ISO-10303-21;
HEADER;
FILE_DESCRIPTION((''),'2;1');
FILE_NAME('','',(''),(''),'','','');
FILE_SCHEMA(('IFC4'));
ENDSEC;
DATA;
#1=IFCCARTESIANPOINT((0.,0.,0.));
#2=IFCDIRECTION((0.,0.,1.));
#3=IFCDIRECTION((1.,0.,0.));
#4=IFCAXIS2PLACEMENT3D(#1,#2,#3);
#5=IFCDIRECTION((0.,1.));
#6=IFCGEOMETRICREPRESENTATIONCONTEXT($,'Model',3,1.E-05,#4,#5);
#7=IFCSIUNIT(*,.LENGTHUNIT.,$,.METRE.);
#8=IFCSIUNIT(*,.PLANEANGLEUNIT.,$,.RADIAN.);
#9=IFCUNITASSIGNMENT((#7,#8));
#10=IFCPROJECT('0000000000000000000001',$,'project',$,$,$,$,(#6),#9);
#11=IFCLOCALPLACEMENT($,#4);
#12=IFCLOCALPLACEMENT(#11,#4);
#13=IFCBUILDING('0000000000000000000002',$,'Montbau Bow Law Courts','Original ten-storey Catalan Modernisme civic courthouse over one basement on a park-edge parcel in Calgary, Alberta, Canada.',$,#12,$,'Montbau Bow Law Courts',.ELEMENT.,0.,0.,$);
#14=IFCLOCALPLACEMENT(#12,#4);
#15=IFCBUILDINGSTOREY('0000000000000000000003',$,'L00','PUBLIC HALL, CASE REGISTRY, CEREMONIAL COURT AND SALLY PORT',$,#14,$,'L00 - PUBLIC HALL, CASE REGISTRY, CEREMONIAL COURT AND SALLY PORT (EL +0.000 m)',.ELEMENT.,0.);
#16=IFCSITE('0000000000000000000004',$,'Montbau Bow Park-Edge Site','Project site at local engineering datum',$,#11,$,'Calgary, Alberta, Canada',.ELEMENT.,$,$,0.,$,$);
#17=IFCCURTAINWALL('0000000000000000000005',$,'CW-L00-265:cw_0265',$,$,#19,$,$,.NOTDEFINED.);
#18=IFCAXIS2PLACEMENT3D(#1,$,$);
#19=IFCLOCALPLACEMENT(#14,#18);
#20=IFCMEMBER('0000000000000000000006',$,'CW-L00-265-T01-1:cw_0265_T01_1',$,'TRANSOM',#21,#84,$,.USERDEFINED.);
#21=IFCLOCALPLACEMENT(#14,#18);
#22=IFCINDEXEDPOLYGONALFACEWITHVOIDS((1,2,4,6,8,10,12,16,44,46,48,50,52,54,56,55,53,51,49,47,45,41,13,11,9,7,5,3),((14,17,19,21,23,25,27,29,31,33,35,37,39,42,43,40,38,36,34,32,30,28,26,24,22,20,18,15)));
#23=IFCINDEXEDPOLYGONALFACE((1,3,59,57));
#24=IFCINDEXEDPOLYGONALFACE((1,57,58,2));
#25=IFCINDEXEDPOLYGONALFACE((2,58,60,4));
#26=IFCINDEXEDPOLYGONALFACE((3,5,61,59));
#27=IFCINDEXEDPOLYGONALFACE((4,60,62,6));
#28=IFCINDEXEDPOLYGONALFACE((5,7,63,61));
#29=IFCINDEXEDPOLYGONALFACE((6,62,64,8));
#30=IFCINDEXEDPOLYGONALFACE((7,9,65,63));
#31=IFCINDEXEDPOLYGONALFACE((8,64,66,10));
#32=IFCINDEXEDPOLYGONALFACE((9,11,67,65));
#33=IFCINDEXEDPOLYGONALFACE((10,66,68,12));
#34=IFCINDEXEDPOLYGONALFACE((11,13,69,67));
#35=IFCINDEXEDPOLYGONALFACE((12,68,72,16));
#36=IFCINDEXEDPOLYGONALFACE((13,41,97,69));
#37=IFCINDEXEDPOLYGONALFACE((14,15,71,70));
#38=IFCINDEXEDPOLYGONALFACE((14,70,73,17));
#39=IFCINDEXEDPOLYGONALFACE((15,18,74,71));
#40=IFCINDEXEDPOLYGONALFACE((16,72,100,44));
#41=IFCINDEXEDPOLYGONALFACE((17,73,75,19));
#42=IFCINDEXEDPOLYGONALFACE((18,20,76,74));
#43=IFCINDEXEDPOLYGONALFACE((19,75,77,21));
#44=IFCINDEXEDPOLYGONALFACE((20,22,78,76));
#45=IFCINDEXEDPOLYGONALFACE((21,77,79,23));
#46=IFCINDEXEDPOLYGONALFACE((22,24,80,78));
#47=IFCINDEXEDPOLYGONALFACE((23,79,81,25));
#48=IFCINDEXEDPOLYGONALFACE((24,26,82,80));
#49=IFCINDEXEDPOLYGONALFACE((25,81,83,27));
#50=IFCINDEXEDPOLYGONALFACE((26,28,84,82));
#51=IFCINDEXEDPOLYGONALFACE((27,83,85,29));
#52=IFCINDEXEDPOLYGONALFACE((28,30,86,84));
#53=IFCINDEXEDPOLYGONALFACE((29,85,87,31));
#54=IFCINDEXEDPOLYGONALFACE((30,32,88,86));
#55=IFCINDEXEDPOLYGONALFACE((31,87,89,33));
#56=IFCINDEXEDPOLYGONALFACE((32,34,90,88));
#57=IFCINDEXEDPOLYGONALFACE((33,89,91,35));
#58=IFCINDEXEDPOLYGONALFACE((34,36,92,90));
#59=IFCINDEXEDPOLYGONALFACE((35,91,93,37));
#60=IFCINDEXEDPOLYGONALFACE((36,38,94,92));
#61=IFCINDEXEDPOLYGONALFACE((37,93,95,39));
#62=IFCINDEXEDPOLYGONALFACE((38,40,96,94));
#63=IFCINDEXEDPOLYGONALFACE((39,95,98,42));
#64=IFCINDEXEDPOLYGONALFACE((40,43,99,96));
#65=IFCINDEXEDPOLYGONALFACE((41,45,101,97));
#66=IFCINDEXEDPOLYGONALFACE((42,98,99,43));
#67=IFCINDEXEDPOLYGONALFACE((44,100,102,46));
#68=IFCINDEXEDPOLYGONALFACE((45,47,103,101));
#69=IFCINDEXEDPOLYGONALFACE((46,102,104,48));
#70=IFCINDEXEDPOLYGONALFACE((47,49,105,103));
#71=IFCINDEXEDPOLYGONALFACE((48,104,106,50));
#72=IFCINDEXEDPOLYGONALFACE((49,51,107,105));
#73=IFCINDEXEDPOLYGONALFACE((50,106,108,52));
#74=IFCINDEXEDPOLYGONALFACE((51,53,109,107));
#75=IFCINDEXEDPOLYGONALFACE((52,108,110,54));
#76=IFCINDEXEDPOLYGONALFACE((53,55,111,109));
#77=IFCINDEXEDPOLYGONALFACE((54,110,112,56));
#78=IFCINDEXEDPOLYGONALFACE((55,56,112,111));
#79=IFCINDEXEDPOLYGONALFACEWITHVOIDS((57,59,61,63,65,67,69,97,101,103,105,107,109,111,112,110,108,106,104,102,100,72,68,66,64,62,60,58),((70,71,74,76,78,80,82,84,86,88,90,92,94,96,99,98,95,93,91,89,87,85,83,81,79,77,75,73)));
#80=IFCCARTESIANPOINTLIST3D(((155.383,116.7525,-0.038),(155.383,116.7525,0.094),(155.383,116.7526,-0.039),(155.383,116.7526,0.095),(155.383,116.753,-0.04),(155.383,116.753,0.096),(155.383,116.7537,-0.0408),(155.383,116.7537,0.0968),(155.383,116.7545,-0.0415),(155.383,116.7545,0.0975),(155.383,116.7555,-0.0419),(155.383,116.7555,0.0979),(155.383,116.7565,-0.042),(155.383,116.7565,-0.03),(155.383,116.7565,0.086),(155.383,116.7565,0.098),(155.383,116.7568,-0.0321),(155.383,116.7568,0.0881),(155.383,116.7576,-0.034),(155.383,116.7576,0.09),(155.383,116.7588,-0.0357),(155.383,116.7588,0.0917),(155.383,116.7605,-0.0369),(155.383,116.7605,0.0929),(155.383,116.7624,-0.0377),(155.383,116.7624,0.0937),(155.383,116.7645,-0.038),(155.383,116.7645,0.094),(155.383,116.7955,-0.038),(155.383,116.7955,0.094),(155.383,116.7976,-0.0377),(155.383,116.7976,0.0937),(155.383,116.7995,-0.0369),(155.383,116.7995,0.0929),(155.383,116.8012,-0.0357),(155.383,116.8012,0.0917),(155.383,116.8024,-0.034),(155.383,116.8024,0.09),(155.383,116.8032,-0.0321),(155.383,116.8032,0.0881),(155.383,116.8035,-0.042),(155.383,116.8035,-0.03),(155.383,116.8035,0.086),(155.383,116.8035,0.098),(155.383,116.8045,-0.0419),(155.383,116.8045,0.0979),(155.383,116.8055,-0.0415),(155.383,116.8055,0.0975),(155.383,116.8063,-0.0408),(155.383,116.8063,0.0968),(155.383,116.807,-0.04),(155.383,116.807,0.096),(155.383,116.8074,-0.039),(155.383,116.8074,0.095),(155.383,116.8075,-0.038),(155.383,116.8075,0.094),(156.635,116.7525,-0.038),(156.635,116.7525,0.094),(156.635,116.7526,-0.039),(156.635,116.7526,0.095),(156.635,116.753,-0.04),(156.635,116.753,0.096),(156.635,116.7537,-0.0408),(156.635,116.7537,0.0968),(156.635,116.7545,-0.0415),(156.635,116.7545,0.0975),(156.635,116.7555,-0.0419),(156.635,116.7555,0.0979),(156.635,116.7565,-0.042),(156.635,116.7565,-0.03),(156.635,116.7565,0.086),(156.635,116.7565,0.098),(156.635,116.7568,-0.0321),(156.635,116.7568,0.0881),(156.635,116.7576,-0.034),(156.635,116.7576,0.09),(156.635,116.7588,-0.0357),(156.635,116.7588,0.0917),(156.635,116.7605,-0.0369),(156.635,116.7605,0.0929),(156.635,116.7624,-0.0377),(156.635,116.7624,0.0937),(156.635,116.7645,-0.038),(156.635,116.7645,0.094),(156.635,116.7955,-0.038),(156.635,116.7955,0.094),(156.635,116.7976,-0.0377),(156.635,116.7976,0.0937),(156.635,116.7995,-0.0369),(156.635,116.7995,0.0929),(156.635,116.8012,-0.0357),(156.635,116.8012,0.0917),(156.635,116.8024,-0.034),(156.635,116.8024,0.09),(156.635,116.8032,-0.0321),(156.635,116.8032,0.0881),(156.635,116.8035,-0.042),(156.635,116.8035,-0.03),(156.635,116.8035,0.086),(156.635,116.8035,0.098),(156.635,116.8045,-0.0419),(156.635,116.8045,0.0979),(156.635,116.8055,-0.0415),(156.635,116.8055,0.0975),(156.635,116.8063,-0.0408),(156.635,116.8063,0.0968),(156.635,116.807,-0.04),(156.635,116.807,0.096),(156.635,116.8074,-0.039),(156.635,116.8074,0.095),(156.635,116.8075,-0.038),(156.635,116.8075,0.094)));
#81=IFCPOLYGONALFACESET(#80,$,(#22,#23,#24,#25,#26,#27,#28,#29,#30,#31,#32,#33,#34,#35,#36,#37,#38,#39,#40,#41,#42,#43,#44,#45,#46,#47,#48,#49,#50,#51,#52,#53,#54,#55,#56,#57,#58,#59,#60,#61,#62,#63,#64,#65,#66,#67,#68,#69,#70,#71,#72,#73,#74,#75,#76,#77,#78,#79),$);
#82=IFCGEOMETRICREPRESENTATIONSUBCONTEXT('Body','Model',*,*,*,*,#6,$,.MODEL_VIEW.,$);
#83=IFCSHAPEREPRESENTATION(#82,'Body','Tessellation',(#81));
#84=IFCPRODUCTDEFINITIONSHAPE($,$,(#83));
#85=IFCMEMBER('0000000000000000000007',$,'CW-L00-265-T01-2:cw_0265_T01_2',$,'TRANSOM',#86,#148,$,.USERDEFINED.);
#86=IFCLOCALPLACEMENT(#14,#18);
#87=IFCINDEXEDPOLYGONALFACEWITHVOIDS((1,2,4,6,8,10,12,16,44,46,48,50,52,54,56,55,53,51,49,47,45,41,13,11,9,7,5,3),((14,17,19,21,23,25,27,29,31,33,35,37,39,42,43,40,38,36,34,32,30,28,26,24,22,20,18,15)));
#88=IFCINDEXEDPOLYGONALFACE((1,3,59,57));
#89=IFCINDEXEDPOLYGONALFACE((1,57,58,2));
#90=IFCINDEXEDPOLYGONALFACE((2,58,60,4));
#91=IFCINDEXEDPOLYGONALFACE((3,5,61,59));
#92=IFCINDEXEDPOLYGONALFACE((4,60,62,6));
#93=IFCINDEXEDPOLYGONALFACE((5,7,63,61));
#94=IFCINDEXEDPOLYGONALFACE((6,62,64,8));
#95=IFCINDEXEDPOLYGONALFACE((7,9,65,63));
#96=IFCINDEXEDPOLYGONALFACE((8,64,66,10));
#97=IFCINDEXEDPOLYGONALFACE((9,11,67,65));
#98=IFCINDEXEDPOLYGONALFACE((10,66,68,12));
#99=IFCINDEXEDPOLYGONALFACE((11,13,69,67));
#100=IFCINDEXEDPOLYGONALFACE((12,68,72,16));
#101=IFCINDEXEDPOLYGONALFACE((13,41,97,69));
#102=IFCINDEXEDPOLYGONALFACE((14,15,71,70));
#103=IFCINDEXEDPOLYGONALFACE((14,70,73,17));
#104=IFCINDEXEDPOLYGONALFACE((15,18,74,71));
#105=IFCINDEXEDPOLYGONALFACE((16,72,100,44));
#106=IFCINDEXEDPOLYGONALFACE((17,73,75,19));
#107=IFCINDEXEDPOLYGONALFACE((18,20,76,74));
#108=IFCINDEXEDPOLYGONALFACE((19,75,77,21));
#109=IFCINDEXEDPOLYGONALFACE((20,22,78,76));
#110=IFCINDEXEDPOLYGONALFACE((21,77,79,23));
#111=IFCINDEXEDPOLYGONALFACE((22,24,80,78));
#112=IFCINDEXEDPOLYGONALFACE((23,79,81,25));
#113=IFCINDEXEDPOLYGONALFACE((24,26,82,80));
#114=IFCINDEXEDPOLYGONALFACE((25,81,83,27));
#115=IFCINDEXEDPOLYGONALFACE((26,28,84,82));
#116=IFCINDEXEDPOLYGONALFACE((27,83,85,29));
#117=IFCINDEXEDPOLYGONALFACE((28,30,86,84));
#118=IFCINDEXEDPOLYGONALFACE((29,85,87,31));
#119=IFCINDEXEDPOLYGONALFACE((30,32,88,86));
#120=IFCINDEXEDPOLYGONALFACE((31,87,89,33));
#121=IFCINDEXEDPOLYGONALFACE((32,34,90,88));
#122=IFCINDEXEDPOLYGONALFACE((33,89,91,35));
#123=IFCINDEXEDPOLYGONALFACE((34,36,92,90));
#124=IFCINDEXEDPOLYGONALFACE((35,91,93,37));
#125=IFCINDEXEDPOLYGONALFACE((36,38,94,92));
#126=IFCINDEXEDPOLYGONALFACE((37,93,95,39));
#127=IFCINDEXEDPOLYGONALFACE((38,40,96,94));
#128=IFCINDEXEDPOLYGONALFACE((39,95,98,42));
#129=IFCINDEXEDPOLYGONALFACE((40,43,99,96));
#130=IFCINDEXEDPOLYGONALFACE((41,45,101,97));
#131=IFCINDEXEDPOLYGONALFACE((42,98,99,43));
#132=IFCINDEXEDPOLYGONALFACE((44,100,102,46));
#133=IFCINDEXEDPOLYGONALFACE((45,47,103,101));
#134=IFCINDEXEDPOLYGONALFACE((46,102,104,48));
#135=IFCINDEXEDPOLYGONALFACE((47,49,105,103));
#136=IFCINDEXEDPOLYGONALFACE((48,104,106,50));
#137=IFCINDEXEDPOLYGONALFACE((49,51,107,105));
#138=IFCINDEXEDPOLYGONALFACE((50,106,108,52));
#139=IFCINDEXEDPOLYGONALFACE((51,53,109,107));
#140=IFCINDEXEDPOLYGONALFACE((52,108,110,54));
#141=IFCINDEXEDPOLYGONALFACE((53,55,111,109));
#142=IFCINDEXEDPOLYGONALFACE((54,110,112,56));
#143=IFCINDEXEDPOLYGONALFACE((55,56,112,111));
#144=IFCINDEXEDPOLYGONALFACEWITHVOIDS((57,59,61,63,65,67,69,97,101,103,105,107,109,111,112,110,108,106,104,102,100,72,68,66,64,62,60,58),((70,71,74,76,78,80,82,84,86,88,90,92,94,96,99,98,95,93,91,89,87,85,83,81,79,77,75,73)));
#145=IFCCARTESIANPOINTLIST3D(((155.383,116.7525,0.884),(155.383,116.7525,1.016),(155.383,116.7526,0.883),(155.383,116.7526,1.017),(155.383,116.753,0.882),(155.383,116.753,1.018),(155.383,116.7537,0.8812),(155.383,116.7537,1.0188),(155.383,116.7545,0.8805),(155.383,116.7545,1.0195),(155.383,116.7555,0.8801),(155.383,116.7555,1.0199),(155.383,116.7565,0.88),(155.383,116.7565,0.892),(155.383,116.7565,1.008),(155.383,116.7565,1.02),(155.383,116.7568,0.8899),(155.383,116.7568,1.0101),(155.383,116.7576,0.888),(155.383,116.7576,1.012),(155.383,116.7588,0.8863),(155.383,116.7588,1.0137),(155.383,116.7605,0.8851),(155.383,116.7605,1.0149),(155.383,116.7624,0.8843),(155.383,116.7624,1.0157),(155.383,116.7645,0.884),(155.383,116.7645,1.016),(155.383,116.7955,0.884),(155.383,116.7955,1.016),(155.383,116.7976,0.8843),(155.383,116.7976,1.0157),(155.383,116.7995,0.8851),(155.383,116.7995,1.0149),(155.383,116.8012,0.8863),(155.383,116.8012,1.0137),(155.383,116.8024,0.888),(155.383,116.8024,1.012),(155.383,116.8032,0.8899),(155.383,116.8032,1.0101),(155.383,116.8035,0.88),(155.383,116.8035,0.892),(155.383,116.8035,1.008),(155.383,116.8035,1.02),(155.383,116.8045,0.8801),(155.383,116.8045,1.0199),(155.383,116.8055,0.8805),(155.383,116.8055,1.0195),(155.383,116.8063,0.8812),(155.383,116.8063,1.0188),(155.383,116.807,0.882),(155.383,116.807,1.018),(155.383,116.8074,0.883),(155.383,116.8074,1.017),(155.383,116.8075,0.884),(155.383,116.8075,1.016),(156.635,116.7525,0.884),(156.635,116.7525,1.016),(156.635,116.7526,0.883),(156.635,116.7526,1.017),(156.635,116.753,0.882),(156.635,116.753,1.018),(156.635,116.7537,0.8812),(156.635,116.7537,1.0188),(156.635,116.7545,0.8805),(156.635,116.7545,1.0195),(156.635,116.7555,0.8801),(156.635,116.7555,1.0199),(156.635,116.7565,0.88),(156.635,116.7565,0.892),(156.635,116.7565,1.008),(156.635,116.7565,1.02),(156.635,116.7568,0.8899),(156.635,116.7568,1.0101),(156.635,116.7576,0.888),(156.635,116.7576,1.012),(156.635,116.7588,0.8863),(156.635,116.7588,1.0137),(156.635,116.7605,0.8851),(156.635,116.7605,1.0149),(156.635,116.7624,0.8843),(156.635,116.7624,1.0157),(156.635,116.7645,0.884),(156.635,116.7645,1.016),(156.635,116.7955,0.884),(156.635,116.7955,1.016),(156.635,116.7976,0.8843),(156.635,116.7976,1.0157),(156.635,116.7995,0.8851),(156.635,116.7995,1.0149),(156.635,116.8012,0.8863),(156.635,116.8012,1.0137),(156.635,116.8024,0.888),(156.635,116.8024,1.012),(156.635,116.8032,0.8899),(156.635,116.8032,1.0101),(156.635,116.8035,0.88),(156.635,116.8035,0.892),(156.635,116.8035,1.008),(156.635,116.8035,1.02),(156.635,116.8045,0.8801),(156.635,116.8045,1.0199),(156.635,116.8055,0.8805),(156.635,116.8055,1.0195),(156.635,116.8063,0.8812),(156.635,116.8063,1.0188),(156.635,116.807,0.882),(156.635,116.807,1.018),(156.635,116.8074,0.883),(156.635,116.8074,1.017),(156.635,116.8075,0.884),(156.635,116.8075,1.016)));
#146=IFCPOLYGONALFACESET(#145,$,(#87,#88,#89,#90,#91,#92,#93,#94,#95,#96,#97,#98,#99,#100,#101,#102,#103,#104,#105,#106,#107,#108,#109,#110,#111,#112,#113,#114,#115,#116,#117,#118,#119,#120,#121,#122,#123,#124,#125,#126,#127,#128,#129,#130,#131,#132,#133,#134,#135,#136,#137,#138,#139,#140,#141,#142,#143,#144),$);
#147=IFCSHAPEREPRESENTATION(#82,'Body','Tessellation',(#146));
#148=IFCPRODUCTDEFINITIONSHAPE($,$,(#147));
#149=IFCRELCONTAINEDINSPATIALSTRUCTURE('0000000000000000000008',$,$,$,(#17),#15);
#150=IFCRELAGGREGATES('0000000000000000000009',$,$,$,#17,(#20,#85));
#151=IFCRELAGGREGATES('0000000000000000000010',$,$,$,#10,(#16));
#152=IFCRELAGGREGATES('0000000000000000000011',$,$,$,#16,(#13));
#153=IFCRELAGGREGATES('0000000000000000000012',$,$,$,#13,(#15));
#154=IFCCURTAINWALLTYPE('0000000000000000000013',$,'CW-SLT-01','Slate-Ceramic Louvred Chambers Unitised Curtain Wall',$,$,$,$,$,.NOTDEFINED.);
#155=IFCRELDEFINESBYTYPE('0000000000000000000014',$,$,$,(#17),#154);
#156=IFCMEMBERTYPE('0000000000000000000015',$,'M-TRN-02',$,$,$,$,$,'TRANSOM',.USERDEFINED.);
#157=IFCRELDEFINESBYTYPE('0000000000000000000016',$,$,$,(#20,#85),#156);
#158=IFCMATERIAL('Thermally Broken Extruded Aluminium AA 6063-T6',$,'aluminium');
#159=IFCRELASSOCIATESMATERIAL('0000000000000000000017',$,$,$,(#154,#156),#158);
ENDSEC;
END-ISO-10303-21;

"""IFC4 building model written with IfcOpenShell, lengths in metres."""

from ifc_helpers import new_model, si_unit, direction, frame, origin_with_axes, origin_2d_with_axis, place, context, subcontext, project, spatial, hollow_rectangle, extrude, material, material_profile, profile_set, type_object, element, aggregate, save


model = new_model("IFC4")

# Units and contexts
model_context = context("Model", 3, precision=1e-05, world=origin_with_axes(), true_north=direction((0.0, 1.0)))
body_context = subcontext(model_context, "Body", "Model", "MODEL_VIEW")
ifc_project = project(units=[si_unit("LENGTHUNIT", "METRE"), si_unit("PLANEANGLEUNIT", "RADIAN")], contexts=[model_context])

# Site, building, storey
site_placement = place(None, origin_with_axes())
site = spatial("IfcSite", under=ifc_project, at=site_placement, Name="Montbau Bow Park-Edge Site", Description="Project site at local engineering datum", LongName="Calgary, Alberta, Canada", CompositionType="ELEMENT", RefElevation=0.0)
building_placement = place(site_placement, origin_with_axes())
building = spatial("IfcBuilding", under=site, at=building_placement, Name="Montbau Bow Law Courts", Description="Original ten-storey Catalan Modernisme civic courthouse over one basement on a park-edge parcel in Calgary, Alberta, Canada.", LongName="Montbau Bow Law Courts", CompositionType="ELEMENT", ElevationOfRefHeight=0.0, ElevationOfTerrain=0.0)
storey_placement = place(building_placement, origin_with_axes())
storey = spatial("IfcBuildingStorey", under=building, at=storey_placement, Name="L00", Description="PUBLIC HALL, CASE REGISTRY, CEREMONIAL COURT AND SALLY PORT", LongName="L00 - PUBLIC HALL, CASE REGISTRY, CEREMONIAL COURT AND SALLY PORT (EL +0.000 m)", CompositionType="ELEMENT", Elevation=0.0)

# Curtain wall, members
ifc_material_1 = material(Name="Thermally Broken Extruded Aluminium AA 6063-T6", Category="aluminium")
curtain_wall_type = type_object("IfcCurtainWallType", Name="CW-SLT-01", Description="Slate-Ceramic Louvred Chambers Unitised Curtain Wall", PredefinedType="NOTDEFINED", material=ifc_material_1)
curtain_wall_placement = place(None, frame((155.315, 116.78, 0.0), z_axis=(0.0, 0.0, 1.0), x_axis=(1.0, 0.0, 0.0)))
curtain_wall = element("IfcCurtainWall", 1, at=curtain_wall_placement, inside=storey, type_object=curtain_wall_type, Name="CW-L00-265:cw_0265", PredefinedType="NOTDEFINED")
ifc_material_profile_1 = material_profile(ifc_material_1, hollow_rectangle(XDim=0.055, YDim=0.14, WallThickness=0.004, InnerFilletRadius=0.008, OuterFilletRadius=0.004, at=origin_2d_with_axis()), Name="CWT-140X55", Category="Main", Priority=0)
ifc_profile_set_1 = profile_set([ifc_material_profile_1], Name="Thermally Broken Extruded Aluminium AA 6063-T6")
member_type_1 = type_object("IfcMemberType", Name="M-TRN-02", ElementType="TRANSOM", PredefinedType="USERDEFINED", material=ifc_profile_set_1)
member_1_placement = place(None, frame((155.383, 116.78, 0.028), z_axis=(1.0, 0.0, 0.0), x_axis=(0.0, 1.0, 0.0)))
member_1 = element("IfcMember", 2, at=member_1_placement, type_object=member_type_1, Name="CW-L00-265-T01-1:cw_0265_T01_1", ObjectType="TRANSOM", PredefinedType="USERDEFINED", context=body_context, shape_type="SweptSolid", body=[
    extrude(hollow_rectangle(XDim=0.055, YDim=0.14, WallThickness=0.004, InnerFilletRadius=0.008, OuterFilletRadius=0.004, at=origin_2d_with_axis()), origin_with_axes(), (0.0, 0.0, 1.0), 1.252),
])
member_2_placement = place(None, frame((155.383, 116.78, 0.95), z_axis=(1.0, 0.0, 0.0), x_axis=(0.0, 1.0, 0.0)))
member_2 = element("IfcMember", 3, at=member_2_placement, type_object=member_type_1, Name="CW-L00-265-T01-2:cw_0265_T01_2", ObjectType="TRANSOM", PredefinedType="USERDEFINED", context=body_context, shape_type="SweptSolid", body=[
    extrude(hollow_rectangle(XDim=0.055, YDim=0.14, WallThickness=0.004, InnerFilletRadius=0.008, OuterFilletRadius=0.004, at=origin_2d_with_axis()), origin_with_axes(), (0.0, 0.0, 1.0), 1.252),
])
aggregate(curtain_wall, [member_1, member_2])

save(model, "model.ifc")
